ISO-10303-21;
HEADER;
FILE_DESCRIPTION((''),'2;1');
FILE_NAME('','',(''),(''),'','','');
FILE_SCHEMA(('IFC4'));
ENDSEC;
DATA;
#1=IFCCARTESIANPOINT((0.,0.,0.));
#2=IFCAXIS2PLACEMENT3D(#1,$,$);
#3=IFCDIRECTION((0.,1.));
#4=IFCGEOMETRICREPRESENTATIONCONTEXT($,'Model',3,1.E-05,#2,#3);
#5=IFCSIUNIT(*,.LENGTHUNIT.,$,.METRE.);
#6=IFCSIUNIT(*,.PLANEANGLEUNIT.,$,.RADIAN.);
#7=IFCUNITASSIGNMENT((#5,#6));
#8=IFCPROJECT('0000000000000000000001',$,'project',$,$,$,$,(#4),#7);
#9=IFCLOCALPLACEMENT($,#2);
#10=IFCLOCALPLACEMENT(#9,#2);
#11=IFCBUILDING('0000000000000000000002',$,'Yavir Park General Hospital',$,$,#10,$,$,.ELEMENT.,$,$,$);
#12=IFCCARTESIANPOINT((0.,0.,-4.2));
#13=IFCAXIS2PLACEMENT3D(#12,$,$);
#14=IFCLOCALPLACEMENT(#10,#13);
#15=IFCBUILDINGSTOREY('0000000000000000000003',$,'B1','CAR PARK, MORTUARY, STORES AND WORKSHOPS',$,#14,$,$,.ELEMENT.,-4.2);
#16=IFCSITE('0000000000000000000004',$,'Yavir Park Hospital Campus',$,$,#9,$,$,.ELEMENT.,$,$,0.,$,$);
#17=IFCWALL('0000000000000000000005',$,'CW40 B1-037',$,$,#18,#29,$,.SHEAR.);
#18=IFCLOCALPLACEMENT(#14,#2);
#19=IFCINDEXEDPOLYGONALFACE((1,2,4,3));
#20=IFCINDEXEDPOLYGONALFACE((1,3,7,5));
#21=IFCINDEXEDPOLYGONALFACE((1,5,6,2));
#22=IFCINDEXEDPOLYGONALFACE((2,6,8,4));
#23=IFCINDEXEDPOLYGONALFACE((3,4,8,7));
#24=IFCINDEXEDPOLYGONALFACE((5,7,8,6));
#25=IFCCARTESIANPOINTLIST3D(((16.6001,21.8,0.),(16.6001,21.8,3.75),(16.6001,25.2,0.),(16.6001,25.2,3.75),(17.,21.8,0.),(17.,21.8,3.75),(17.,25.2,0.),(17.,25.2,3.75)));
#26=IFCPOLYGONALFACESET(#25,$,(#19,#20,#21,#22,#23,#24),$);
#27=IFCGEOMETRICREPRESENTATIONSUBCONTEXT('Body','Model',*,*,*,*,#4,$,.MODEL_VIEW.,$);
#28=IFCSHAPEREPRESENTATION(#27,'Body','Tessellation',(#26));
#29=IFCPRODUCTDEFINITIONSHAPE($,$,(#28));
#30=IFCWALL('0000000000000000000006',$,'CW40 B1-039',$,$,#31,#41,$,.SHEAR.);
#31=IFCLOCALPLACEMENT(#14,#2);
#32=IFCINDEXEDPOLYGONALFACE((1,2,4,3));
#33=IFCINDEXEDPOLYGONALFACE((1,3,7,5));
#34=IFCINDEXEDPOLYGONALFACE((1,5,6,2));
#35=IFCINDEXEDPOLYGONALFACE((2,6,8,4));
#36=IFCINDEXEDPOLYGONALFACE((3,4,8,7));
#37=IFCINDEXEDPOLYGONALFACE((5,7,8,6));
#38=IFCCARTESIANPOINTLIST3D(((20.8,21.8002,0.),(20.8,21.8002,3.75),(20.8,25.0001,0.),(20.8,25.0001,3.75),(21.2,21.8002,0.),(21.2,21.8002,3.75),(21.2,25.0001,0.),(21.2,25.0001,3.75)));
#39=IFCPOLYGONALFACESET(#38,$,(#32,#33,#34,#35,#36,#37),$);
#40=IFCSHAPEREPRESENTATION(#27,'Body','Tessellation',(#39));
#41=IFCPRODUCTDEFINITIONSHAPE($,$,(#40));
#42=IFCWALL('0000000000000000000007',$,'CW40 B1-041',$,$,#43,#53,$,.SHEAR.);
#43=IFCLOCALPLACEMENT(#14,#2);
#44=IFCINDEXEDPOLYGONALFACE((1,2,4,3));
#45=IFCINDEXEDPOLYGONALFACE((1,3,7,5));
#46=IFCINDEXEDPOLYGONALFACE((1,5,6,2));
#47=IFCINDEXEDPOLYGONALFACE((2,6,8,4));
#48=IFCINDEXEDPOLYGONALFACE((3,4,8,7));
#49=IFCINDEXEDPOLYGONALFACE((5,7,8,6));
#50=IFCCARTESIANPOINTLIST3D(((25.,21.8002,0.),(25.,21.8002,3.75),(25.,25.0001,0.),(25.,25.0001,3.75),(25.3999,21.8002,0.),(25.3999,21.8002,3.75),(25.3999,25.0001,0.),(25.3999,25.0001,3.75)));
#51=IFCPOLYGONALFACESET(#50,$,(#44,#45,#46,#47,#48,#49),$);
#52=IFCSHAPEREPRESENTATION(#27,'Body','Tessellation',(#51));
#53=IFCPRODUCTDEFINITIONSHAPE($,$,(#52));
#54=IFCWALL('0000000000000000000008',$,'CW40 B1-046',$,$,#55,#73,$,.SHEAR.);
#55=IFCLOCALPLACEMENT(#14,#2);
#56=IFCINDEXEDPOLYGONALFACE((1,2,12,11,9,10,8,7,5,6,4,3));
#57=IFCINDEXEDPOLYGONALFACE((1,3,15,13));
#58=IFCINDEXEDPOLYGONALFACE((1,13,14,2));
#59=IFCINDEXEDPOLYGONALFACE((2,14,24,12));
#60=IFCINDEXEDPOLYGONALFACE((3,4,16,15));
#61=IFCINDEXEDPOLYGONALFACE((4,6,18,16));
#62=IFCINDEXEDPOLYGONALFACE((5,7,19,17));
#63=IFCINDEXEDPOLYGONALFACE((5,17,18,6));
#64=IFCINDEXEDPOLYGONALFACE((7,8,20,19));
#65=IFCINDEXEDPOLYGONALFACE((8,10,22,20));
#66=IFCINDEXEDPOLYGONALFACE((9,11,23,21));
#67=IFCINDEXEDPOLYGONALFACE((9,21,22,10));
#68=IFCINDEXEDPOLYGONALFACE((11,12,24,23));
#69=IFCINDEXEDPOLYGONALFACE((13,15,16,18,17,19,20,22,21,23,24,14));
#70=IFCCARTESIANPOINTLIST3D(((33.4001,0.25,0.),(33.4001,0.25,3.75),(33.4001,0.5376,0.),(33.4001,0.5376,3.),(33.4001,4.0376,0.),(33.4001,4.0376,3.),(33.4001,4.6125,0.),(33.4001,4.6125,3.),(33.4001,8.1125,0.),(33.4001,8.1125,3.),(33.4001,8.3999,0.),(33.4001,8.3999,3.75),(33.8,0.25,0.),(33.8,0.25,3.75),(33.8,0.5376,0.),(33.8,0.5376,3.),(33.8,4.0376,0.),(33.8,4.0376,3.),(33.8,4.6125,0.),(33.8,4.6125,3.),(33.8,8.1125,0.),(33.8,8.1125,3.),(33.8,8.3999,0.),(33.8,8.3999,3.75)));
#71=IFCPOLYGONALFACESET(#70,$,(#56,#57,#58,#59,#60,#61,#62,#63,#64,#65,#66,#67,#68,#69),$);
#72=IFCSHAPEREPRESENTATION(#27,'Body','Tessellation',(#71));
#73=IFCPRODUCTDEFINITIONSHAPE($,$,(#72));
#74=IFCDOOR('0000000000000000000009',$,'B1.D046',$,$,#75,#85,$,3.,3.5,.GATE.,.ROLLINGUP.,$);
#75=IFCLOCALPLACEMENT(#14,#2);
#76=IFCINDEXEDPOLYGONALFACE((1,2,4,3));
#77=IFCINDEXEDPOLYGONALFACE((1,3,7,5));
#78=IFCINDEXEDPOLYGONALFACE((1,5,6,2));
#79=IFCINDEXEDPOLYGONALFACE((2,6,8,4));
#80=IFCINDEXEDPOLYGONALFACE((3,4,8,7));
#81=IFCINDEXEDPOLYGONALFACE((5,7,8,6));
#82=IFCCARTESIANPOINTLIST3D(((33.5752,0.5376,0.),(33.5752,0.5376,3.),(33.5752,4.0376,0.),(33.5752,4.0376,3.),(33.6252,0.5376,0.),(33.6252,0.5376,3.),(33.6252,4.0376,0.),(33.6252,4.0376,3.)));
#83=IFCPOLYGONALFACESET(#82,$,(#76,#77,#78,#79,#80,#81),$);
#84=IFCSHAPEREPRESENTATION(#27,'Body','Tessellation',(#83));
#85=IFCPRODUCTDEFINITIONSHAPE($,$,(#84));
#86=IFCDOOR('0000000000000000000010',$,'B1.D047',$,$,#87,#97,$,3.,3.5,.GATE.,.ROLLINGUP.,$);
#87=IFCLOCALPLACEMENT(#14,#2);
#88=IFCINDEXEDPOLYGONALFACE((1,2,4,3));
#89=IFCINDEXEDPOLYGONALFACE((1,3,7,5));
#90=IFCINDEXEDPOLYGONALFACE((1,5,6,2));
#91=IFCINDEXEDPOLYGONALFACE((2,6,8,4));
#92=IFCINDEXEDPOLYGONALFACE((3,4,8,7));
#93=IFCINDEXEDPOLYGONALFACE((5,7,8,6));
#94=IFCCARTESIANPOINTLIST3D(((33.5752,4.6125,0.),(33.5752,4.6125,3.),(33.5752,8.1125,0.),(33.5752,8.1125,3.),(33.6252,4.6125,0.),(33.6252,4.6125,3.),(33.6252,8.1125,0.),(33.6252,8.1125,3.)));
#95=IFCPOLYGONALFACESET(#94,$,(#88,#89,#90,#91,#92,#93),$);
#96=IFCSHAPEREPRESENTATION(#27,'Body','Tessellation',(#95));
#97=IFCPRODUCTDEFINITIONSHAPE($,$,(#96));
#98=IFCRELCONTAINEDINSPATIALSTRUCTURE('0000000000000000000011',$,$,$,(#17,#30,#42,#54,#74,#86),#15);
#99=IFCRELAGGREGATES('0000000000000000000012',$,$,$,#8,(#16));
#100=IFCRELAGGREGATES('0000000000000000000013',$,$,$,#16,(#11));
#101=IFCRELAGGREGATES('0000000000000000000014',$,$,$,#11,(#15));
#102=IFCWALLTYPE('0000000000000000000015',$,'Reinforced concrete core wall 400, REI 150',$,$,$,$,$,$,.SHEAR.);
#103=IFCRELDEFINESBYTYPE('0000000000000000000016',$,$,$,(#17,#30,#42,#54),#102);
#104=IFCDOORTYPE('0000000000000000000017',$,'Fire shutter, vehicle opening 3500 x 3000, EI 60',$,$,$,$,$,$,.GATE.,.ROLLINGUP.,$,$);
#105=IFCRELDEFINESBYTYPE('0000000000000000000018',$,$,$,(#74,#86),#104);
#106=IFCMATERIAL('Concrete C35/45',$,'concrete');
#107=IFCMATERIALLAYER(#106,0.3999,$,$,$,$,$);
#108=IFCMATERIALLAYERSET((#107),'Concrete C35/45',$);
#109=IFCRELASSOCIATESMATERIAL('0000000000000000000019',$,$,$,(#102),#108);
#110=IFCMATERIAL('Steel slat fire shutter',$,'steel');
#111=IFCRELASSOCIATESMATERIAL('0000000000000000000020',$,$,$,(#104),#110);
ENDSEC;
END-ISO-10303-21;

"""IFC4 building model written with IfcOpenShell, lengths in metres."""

from ifc_helpers import new_model, si_unit, direction, frame, frame_2d, origin, place, context, subcontext, project, spatial, rectangle, extrude, material, layer, layer_set, type_object, element, fill, save


model = new_model("IFC4")

# Units and contexts
model_context = context("Model", 3, precision=1e-05, world=origin(), true_north=direction((0.0, 1.0)))
body_context = subcontext(model_context, "Body", "Model", "MODEL_VIEW")
ifc_project = project(units=[si_unit("LENGTHUNIT", "METRE"), si_unit("PLANEANGLEUNIT", "RADIAN")], contexts=[model_context])

# Site, building, storey
site_placement = place(None, origin())
site = spatial("IfcSite", under=ifc_project, at=site_placement, Name="Yavir Park Hospital Campus", CompositionType="ELEMENT", RefElevation=0.0)
building_placement = place(site_placement, origin())
building = spatial("IfcBuilding", under=site, at=building_placement, Name="Yavir Park General Hospital", CompositionType="ELEMENT")
storey_placement = place(building_placement, frame((0.0, 0.0, -4.2)))
storey = spatial("IfcBuildingStorey", under=building, at=storey_placement, Name="B1", Description="CAR PARK, MORTUARY, STORES AND WORKSHOPS", CompositionType="ELEMENT", Elevation=-4.2)

# Walls
ifc_material_1 = material(Name="Concrete C35/45", Category="concrete")
ifc_layer_1 = layer(ifc_material_1, 0.3999)
ifc_layer_set_1 = layer_set([ifc_layer_1], Name="Concrete C35/45")
wall_type_1 = type_object("IfcWallType", Name="Reinforced concrete core wall 400, REI 150", PredefinedType="SHEAR", material=ifc_layer_set_1)
wall_1_placement = place(storey_placement, frame((16.8, 21.8, 0.0), z_axis=(0.0, 0.0, 1.0), x_axis=(0.0, 1.0, 0.0)))
element("IfcWall", 1, at=wall_1_placement, inside=storey, type_object=wall_type_1, Name="CW40 B1-037", PredefinedType="SHEAR", context=body_context, shape_type="SweptSolid", body=[
    extrude(rectangle(XDim=3.3999, YDim=0.3999, at=frame_2d((1.7, 0.0))), origin(), (0.0, 0.0, 1.0), 3.75),
])
for number, where, z_axis, x_axis, name in (
    (2, (21.0, 21.8, 0.0), (0.0, 0.0, 1.0), (0.0, 1.0, 0.0), "CW40 B1-039"),
    (3, (25.2, 21.8, 0.0), (0.0, 0.0, 1.0), (0.0, 1.0, 0.0), "CW40 B1-041"),
):
    element("IfcWall", number, at=place(storey_placement, frame(where, z_axis=z_axis, x_axis=x_axis)), inside=storey, type_object=wall_type_1, Name=name, PredefinedType="SHEAR", context=body_context, shape_type="SweptSolid", body=[
        extrude(rectangle(XDim=3.2, YDim=0.3999, at=frame_2d((1.6001, 0.0))), origin(), (0.0, 0.0, 1.0), 3.75),
    ])

# Wall, openings, doors
wall_2_placement = place(storey_placement, frame((33.6001, 0.25, 0.0), z_axis=(0.0, 0.0, 1.0), x_axis=(0.0, 1.0, 0.0)))
wall_2 = element("IfcWall", 4, at=wall_2_placement, inside=storey, type_object=wall_type_1, Name="CW40 B1-046", PredefinedType="SHEAR", context=body_context, shape_type="SweptSolid", body=[
    extrude(rectangle(XDim=8.1499, YDim=0.3999, at=frame_2d((4.075, 0.0))), origin(), (0.0, 0.0, 1.0), 3.75),
])
opening_1_placement = place(wall_2_placement, frame((0.2876, 0.0, 0.0)))
opening_1 = element("IfcOpeningElement", 5, at=opening_1_placement, cuts=wall_2, PredefinedType="OPENING", context=body_context, shape_type="SweptSolid", body=[
    extrude(rectangle(XDim=3.5, YDim=3.0, at=frame_2d((1.75, 1.5))), frame((0.0, 0.21, 0.0), z_axis=(0.0, -1.0, 0.0), x_axis=(1.0, 0.0, 0.0)), (0.0, 0.0, 1.0), 0.4199),
])
opening_2_placement = place(wall_2_placement, frame((4.3625, 0.0, 0.0)))
opening_2 = element("IfcOpeningElement", 6, at=opening_2_placement, cuts=wall_2, PredefinedType="OPENING", context=body_context, shape_type="SweptSolid", body=[
    extrude(rectangle(XDim=3.5, YDim=3.0, at=frame_2d((1.75, 1.5))), frame((0.0, 0.21, 0.0), z_axis=(0.0, -1.0, 0.0), x_axis=(1.0, 0.0, 0.0)), (0.0, 0.0, 1.0), 0.4199),
])
ifc_material_2 = material(Name="Steel slat fire shutter", Category="steel")
door_type_1 = type_object("IfcDoorType", Name="Fire shutter, vehicle opening 3500 x 3000, EI 60", OperationType="ROLLINGUP", PredefinedType="GATE", material=ifc_material_2)
door_1_placement = place(opening_1_placement, origin())
door_1 = element("IfcDoor", 7, at=door_1_placement, inside=storey, type_object=door_type_1, Name="B1.D046", OperationType="ROLLINGUP", OverallHeight=3.0, OverallWidth=3.5, PredefinedType="GATE", context=body_context, shape_type="SweptSolid", body=[
    extrude(rectangle(XDim=3.5, YDim=3.0, at=frame_2d((1.75, 1.5))), frame((0.0, 0.0249, 0.0), z_axis=(0.0, -1.0, 0.0), x_axis=(1.0, 0.0, 0.0)), (0.0, 0.0, 1.0), 0.05),
])
fill(opening_1, door_1)
door_2_placement = place(opening_2_placement, origin())
door_2 = element("IfcDoor", 8, at=door_2_placement, inside=storey, type_object=door_type_1, Name="B1.D047", OperationType="ROLLINGUP", OverallHeight=3.0, OverallWidth=3.5, PredefinedType="GATE", context=body_context, shape_type="SweptSolid", body=[
    extrude(rectangle(XDim=3.5, YDim=3.0, at=frame_2d((1.75, 1.5))), frame((0.0, 0.0249, 0.0), z_axis=(0.0, -1.0, 0.0), x_axis=(1.0, 0.0, 0.0)), (0.0, 0.0, 1.0), 0.05),
])
fill(opening_2, door_2)

save(model, "model.ifc")
